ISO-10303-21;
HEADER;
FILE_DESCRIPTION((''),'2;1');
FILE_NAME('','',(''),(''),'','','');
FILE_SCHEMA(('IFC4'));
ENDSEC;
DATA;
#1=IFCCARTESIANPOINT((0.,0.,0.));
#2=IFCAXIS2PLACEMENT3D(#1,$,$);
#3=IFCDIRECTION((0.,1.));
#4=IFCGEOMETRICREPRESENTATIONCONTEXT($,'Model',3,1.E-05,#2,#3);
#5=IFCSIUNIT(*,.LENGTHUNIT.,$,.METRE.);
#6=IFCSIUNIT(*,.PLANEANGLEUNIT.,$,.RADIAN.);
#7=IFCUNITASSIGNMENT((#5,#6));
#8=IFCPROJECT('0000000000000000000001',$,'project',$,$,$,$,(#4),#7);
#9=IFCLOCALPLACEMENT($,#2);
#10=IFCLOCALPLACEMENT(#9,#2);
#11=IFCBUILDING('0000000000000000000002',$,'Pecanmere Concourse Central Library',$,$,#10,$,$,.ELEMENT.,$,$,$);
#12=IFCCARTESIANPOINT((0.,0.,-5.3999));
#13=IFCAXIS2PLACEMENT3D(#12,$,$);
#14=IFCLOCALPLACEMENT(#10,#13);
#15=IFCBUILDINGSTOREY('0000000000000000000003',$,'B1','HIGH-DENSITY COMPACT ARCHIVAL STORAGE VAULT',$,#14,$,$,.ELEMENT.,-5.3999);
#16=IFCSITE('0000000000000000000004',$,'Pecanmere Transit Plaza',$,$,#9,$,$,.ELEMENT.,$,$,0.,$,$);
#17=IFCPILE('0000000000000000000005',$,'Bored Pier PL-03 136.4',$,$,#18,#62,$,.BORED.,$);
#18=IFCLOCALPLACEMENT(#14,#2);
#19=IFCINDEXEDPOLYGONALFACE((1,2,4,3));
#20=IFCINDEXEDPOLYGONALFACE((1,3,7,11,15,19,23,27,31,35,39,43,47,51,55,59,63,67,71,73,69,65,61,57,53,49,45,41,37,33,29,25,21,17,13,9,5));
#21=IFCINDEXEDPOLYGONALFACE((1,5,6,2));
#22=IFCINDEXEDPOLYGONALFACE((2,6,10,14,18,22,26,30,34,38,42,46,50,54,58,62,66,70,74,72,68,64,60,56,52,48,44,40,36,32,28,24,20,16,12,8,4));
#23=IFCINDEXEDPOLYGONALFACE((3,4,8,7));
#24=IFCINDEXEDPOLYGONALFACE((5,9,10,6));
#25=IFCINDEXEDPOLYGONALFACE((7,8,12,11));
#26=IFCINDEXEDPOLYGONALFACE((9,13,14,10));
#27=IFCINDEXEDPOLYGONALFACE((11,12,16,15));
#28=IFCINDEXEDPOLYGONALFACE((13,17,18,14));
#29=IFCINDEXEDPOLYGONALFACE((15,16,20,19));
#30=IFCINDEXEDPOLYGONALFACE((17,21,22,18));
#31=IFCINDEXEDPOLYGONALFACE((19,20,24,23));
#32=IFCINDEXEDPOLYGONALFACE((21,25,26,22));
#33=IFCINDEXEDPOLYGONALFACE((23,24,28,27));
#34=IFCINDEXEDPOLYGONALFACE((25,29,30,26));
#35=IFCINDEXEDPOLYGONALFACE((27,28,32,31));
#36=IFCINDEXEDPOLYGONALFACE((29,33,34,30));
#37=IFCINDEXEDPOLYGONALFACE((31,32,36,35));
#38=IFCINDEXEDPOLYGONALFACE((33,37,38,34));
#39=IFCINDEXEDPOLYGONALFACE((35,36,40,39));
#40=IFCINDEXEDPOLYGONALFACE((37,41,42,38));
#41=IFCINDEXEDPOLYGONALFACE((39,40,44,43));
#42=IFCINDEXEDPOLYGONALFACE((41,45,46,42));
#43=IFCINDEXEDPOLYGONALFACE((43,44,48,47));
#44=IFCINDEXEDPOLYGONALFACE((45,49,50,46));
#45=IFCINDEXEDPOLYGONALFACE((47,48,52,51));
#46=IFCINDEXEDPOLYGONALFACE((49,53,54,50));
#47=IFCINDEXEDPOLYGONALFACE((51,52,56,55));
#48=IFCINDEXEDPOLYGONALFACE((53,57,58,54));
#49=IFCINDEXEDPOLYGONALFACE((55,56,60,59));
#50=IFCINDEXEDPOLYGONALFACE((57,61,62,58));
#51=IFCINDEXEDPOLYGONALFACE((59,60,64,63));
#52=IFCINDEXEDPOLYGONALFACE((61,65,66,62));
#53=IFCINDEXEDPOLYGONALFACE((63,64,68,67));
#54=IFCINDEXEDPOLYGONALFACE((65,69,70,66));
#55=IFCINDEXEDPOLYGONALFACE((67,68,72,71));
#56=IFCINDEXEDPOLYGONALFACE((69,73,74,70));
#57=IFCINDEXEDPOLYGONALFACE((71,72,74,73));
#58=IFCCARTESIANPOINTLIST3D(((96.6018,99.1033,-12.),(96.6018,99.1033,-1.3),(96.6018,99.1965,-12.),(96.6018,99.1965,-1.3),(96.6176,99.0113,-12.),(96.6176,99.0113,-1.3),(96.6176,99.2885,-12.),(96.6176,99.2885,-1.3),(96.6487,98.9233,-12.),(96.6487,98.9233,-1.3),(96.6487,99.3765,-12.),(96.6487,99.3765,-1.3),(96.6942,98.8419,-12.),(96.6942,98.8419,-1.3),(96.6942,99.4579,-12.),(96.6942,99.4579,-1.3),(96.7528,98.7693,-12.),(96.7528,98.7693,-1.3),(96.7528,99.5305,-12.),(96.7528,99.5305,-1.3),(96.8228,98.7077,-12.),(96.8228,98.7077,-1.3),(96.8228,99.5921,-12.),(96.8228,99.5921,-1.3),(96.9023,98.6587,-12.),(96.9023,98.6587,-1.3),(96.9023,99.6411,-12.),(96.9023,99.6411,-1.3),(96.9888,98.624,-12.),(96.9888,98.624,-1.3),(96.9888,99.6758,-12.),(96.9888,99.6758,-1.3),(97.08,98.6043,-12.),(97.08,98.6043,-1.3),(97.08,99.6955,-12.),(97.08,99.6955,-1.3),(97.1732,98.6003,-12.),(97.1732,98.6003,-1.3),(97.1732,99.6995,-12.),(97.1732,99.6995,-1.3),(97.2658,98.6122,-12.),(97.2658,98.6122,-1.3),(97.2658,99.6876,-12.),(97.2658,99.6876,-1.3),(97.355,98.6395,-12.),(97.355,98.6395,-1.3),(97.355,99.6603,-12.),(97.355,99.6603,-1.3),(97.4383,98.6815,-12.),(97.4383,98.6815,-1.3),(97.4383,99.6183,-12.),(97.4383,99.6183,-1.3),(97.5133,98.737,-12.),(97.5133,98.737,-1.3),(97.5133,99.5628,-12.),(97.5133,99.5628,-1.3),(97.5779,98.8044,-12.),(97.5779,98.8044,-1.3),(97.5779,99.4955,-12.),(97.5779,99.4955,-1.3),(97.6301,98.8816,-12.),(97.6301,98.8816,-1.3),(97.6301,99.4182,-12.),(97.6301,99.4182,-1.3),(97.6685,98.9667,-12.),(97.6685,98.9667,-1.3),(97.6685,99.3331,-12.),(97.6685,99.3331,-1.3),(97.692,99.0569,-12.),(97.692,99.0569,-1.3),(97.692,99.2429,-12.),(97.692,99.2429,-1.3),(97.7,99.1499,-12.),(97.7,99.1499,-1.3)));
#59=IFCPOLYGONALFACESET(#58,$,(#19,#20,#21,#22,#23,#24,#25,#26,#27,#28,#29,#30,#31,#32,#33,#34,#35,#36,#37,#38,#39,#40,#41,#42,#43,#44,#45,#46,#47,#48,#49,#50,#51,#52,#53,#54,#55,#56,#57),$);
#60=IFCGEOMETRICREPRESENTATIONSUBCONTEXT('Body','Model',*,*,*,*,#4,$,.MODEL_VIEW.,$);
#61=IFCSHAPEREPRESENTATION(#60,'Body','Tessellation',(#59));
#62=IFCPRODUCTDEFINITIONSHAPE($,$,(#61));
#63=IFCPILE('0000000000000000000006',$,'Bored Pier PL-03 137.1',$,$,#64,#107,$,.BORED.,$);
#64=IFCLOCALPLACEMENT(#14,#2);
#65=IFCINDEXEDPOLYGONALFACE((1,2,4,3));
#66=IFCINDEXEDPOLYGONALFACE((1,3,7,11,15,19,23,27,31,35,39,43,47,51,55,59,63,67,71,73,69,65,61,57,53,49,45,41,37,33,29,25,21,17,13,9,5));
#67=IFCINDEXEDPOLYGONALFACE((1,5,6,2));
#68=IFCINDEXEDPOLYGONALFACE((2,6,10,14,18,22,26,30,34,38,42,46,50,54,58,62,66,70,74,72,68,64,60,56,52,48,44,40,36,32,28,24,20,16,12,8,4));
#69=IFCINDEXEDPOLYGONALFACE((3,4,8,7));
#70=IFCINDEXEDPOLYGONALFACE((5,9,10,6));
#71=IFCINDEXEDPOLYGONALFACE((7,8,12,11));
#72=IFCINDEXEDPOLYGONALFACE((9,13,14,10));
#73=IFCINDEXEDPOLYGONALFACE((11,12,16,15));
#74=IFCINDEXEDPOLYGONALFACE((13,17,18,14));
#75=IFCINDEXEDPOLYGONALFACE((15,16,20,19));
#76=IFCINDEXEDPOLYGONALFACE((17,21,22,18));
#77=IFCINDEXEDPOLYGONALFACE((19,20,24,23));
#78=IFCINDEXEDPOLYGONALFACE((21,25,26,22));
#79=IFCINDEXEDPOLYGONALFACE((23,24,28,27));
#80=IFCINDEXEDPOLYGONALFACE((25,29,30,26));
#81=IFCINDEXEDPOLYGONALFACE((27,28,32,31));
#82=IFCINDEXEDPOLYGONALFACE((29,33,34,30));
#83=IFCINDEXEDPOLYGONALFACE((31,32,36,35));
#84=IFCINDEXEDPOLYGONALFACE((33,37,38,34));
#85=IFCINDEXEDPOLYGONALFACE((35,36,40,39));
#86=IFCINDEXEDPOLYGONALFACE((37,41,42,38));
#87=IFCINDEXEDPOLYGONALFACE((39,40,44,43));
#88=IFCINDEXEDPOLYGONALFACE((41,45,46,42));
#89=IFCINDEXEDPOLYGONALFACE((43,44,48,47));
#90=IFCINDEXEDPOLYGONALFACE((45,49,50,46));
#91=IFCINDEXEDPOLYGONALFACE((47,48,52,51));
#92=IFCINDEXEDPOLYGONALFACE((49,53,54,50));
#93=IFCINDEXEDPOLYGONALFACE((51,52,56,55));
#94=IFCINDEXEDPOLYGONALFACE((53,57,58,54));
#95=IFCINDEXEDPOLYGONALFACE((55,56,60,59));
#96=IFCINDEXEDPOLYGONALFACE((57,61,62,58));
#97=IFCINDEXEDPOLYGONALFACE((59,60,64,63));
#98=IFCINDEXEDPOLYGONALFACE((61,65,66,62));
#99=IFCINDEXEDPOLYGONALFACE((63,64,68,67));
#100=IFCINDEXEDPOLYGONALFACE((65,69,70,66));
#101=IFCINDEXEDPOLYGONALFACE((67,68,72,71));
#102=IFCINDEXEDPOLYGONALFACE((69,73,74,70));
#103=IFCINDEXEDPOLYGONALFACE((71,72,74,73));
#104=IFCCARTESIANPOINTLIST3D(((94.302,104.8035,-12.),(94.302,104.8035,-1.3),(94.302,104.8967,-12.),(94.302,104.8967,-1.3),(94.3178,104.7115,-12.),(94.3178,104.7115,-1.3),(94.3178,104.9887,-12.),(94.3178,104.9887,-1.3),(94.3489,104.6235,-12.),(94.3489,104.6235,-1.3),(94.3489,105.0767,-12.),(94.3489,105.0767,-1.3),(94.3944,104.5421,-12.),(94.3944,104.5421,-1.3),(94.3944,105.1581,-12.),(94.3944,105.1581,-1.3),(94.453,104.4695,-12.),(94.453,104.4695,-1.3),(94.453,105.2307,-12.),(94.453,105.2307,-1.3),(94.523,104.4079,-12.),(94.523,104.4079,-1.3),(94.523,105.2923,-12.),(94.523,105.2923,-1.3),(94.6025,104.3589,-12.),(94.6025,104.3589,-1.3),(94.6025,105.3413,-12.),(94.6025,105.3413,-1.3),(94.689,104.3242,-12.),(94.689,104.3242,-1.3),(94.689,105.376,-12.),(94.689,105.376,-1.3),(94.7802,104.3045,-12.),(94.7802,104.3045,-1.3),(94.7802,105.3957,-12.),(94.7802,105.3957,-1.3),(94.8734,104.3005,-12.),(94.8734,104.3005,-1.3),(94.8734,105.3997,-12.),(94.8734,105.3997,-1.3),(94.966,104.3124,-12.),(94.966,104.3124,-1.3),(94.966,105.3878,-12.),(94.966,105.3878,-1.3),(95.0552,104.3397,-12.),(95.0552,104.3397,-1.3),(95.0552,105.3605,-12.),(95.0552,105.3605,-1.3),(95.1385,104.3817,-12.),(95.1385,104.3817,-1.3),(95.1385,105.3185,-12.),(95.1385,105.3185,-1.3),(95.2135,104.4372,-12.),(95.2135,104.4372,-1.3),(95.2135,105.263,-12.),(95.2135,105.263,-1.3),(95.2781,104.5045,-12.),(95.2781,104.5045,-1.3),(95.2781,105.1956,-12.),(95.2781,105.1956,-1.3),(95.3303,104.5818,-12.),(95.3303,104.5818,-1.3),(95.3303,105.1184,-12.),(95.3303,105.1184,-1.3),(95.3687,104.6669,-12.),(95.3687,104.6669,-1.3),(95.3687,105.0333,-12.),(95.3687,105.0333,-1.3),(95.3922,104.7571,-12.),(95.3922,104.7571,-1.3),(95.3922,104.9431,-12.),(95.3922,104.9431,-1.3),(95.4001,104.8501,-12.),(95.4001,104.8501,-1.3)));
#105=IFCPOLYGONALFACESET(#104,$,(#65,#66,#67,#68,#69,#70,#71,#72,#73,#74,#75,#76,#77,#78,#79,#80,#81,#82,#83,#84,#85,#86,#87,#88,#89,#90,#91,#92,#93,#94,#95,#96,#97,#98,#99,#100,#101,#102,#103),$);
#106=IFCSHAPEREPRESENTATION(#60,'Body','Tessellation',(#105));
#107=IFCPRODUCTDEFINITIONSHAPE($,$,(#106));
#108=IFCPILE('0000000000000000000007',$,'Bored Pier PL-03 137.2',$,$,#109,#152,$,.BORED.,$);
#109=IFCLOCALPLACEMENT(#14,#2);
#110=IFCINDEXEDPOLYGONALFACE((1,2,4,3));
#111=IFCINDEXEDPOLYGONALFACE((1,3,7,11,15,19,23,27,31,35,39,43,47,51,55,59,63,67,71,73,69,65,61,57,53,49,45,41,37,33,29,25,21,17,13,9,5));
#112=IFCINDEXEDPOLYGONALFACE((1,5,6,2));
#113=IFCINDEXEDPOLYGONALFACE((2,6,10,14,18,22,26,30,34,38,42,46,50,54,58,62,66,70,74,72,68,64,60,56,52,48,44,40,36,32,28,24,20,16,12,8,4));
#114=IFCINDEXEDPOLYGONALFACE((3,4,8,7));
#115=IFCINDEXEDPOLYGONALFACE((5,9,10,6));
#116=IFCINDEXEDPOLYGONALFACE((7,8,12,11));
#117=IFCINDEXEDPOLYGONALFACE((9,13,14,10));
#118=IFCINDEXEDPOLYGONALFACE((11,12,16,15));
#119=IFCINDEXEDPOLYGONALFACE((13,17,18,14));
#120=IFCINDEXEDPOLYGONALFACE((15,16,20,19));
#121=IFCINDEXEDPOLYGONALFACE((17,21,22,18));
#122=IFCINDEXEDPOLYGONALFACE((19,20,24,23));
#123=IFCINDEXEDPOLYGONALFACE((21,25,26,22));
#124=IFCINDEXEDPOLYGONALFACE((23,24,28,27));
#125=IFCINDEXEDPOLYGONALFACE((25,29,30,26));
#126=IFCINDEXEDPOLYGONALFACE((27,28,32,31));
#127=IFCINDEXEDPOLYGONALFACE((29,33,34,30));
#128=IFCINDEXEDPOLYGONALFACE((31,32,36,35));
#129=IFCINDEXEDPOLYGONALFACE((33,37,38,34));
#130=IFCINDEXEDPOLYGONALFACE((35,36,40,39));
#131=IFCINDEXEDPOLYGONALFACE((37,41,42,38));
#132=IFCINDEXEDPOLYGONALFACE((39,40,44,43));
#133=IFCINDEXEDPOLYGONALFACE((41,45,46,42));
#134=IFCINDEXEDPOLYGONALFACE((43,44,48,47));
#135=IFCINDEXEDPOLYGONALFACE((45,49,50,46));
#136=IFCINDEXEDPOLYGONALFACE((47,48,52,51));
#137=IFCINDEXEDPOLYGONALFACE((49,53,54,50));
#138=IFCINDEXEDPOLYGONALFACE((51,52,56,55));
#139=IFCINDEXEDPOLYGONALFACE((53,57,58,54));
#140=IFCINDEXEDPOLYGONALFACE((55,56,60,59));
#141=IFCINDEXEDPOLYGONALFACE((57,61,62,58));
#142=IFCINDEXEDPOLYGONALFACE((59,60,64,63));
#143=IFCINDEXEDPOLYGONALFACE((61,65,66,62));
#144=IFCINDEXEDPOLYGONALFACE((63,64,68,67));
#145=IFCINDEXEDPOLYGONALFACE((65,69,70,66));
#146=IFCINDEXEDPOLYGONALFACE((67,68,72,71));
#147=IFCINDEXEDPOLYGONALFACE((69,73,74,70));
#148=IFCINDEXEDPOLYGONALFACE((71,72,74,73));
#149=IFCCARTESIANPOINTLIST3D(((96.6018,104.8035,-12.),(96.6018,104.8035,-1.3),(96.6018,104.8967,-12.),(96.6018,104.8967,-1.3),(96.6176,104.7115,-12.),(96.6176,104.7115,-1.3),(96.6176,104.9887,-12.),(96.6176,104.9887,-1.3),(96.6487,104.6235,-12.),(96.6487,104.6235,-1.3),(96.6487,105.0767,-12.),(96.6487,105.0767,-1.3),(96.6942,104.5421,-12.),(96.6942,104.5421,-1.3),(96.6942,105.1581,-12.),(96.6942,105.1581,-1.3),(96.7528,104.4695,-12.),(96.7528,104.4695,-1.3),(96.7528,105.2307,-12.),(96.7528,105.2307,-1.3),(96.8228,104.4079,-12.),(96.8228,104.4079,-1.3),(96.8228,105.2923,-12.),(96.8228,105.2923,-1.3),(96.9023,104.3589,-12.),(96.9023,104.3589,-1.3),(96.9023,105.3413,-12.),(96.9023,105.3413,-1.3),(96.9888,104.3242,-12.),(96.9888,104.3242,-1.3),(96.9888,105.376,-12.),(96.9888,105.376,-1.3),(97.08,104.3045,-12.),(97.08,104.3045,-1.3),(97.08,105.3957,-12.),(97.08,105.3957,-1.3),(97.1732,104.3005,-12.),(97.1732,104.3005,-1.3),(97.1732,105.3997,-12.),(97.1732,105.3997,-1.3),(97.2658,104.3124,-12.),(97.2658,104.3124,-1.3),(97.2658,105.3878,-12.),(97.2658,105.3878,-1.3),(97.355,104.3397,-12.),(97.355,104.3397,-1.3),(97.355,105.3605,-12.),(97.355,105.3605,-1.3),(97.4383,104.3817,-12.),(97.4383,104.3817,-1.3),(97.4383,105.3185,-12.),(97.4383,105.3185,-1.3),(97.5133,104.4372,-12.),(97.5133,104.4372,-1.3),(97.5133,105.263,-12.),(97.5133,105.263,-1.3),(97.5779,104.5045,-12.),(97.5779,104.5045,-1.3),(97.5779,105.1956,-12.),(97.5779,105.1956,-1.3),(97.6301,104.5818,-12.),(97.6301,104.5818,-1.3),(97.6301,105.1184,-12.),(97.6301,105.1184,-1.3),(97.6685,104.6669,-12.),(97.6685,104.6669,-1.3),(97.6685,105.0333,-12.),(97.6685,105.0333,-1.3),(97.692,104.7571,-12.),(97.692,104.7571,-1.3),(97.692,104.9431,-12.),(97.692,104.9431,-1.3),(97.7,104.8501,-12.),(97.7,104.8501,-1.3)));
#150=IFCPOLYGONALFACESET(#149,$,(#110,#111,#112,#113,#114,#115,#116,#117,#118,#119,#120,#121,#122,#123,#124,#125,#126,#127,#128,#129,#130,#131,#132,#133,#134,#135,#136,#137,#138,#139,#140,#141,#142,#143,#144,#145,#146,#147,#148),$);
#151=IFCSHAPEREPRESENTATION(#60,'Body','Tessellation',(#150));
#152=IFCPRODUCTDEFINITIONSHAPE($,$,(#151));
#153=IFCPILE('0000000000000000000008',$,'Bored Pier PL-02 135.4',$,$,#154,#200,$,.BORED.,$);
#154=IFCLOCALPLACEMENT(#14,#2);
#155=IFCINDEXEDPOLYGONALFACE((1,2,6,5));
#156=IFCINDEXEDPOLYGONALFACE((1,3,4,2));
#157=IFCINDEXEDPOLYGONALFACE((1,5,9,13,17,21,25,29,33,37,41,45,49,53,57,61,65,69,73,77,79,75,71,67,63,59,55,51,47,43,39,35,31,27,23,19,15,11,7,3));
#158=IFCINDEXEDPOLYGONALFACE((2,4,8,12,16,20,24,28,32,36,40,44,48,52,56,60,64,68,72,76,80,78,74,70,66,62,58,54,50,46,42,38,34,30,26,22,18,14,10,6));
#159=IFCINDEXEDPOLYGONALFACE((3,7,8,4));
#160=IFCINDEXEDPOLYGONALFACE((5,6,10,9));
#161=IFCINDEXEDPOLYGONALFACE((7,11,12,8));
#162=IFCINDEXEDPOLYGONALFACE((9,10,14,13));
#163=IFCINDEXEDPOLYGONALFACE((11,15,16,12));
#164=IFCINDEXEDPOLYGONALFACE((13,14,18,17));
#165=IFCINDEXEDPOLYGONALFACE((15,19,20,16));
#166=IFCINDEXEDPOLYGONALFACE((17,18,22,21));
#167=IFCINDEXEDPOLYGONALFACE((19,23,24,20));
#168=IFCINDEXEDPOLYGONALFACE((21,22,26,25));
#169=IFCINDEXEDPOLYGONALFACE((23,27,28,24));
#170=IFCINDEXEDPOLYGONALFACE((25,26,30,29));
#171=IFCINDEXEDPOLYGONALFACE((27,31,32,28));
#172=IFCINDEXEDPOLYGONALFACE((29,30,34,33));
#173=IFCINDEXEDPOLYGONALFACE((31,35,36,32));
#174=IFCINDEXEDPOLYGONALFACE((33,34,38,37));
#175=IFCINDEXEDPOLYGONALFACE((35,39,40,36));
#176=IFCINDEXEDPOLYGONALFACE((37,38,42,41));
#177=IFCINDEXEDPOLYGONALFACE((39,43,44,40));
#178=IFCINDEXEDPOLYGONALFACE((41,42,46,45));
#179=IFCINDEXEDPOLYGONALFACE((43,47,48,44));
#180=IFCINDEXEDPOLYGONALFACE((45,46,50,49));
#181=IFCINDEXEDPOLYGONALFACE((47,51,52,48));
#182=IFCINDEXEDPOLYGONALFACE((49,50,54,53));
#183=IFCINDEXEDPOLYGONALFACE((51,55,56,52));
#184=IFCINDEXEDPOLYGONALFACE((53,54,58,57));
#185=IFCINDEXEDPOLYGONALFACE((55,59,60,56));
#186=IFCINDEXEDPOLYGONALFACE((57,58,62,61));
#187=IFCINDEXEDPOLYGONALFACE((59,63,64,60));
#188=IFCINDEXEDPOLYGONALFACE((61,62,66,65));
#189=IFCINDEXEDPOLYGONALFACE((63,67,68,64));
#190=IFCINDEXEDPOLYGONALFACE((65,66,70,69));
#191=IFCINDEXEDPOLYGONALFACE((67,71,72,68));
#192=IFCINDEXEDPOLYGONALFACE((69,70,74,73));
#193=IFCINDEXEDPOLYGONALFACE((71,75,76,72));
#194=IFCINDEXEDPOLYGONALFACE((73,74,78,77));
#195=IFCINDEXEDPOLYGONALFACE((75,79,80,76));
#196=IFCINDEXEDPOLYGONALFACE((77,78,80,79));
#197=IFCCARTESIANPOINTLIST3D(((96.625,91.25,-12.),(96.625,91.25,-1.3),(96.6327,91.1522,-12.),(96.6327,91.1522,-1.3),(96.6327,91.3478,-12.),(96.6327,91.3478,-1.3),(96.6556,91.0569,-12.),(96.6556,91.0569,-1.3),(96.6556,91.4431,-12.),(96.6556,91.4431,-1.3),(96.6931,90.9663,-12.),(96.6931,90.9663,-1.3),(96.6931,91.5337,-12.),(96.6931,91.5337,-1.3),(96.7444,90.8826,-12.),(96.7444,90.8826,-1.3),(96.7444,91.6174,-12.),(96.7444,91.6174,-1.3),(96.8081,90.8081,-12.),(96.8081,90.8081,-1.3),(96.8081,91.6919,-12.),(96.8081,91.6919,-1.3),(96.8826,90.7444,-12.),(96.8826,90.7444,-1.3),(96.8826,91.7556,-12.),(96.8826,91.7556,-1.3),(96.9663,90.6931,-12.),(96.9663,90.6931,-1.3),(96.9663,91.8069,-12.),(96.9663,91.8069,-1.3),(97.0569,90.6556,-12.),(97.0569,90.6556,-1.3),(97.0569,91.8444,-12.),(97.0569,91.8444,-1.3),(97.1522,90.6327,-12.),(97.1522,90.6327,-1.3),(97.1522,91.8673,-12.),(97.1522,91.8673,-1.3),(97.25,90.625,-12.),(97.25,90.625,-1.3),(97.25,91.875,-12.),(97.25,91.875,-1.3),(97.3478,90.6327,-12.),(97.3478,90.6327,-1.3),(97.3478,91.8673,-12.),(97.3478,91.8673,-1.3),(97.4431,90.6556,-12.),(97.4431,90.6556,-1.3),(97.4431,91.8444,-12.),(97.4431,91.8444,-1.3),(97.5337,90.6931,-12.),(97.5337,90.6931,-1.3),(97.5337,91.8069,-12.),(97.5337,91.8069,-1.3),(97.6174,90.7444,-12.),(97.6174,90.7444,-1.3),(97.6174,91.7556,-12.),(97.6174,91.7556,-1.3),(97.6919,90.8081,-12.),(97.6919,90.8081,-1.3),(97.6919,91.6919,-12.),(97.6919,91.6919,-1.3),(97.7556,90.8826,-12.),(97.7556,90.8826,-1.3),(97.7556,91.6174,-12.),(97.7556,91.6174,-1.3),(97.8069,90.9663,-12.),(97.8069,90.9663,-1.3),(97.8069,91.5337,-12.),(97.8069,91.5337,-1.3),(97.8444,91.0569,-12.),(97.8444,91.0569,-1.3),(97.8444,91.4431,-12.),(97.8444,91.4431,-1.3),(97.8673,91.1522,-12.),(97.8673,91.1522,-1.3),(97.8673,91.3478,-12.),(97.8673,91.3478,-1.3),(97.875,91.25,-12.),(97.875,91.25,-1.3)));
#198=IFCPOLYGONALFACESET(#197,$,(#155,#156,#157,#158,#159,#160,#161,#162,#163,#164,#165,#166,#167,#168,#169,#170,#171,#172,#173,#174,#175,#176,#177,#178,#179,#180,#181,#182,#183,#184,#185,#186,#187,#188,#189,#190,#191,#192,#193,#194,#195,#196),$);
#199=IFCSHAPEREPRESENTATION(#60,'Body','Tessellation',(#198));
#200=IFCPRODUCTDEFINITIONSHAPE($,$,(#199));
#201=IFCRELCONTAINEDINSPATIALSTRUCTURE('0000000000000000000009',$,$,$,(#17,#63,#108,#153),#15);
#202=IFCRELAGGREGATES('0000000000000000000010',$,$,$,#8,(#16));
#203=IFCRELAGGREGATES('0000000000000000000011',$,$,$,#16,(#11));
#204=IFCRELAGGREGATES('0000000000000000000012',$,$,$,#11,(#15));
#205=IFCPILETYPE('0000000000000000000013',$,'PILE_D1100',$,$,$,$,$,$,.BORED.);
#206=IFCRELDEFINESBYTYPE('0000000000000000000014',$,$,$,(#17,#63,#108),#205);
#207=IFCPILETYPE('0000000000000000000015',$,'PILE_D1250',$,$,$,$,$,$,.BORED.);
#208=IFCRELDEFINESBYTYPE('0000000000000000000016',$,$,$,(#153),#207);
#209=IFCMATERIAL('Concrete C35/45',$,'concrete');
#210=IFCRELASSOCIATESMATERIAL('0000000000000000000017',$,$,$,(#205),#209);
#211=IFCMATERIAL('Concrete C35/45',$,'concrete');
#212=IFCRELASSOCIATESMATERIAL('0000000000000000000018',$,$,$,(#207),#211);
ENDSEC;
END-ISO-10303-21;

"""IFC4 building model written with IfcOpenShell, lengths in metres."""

from ifc_helpers import new_model, si_unit, direction, frame, origin, origin_2d, place, context, subcontext, project, spatial, circle, extrude, material, material_profile, profile_set, type_object, element, save


model = new_model("IFC4")

# Units and contexts
model_context = context("Model", 3, precision=1e-05, world=origin(), true_north=direction((0.0, 1.0)))
body_context = subcontext(model_context, "Body", "Model", "MODEL_VIEW")
ifc_project = project(units=[si_unit("LENGTHUNIT", "METRE"), si_unit("PLANEANGLEUNIT", "RADIAN")], contexts=[model_context])

# Site, building, storey
site_placement = place(None, origin())
site = spatial("IfcSite", under=ifc_project, at=site_placement, Name="Pecanmere Transit Plaza", CompositionType="ELEMENT", RefElevation=0.0)
building_placement = place(site_placement, origin())
building = spatial("IfcBuilding", under=site, at=building_placement, Name="Pecanmere Concourse Central Library", CompositionType="ELEMENT")
storey_placement = place(building_placement, frame((0.0, 0.0, -5.3999)))
storey = spatial("IfcBuildingStorey", under=building, at=storey_placement, Name="B1", Description="HIGH-DENSITY COMPACT ARCHIVAL STORAGE VAULT", CompositionType="ELEMENT", Elevation=-5.3999)

# Piles
ifc_material_1 = material(Name="Concrete C35/45", Category="concrete")
ifc_material_profile_1 = material_profile(ifc_material_1, circle(Radius=0.55, at=origin_2d()), Name="PIER D1100")
ifc_profile_set_1 = profile_set([ifc_material_profile_1], Name="Concrete C35/45")
pile_type_1 = type_object("IfcPileType", Name="PILE_D1100", PredefinedType="BORED", material=ifc_profile_set_1)
for number, where, z_axis, x_axis, name in (
    (1, (97.1499, 99.1499, -1.3), (0.0, 0.0, -1.0), (1.0, 0.0, 0.0), "Bored Pier PL-03 136.4"),
    (2, (94.8501, 104.8501, -1.3), (0.0, 0.0, -1.0), (1.0, 0.0, 0.0), "Bored Pier PL-03 137.1"),
    (3, (97.1499, 104.8501, -1.3), (0.0, 0.0, -1.0), (1.0, 0.0, 0.0), "Bored Pier PL-03 137.2"),
):
    element("IfcPile", number, at=place(storey_placement, frame(where, z_axis=z_axis, x_axis=x_axis)), inside=storey, type_object=pile_type_1, Name=name, PredefinedType="BORED", context=body_context, shape_type="SweptSolid", body=[
        extrude(circle(Radius=0.55, at=origin_2d()), origin(), (0.0, 0.0, 1.0), 10.7),
    ])
ifc_material_2 = material(Name="Concrete C35/45", Category="concrete")
ifc_material_profile_2 = material_profile(ifc_material_2, circle(Radius=0.625, at=origin_2d()), Name="PIER D1250")
ifc_profile_set_2 = profile_set([ifc_material_profile_2], Name="Concrete C35/45")
pile_type_2 = type_object("IfcPileType", Name="PILE_D1250", PredefinedType="BORED", material=ifc_profile_set_2)
pile_placement = place(storey_placement, frame((97.25, 91.25, -1.3), z_axis=(0.0, 0.0, -1.0), x_axis=(1.0, 0.0, 0.0)))
element("IfcPile", 4, at=pile_placement, inside=storey, type_object=pile_type_2, Name="Bored Pier PL-02 135.4", PredefinedType="BORED", context=body_context, shape_type="SweptSolid", body=[
    extrude(circle(Radius=0.625, at=origin_2d()), origin(), (0.0, 0.0, 1.0), 10.7),
])

save(model, "model.ifc")
